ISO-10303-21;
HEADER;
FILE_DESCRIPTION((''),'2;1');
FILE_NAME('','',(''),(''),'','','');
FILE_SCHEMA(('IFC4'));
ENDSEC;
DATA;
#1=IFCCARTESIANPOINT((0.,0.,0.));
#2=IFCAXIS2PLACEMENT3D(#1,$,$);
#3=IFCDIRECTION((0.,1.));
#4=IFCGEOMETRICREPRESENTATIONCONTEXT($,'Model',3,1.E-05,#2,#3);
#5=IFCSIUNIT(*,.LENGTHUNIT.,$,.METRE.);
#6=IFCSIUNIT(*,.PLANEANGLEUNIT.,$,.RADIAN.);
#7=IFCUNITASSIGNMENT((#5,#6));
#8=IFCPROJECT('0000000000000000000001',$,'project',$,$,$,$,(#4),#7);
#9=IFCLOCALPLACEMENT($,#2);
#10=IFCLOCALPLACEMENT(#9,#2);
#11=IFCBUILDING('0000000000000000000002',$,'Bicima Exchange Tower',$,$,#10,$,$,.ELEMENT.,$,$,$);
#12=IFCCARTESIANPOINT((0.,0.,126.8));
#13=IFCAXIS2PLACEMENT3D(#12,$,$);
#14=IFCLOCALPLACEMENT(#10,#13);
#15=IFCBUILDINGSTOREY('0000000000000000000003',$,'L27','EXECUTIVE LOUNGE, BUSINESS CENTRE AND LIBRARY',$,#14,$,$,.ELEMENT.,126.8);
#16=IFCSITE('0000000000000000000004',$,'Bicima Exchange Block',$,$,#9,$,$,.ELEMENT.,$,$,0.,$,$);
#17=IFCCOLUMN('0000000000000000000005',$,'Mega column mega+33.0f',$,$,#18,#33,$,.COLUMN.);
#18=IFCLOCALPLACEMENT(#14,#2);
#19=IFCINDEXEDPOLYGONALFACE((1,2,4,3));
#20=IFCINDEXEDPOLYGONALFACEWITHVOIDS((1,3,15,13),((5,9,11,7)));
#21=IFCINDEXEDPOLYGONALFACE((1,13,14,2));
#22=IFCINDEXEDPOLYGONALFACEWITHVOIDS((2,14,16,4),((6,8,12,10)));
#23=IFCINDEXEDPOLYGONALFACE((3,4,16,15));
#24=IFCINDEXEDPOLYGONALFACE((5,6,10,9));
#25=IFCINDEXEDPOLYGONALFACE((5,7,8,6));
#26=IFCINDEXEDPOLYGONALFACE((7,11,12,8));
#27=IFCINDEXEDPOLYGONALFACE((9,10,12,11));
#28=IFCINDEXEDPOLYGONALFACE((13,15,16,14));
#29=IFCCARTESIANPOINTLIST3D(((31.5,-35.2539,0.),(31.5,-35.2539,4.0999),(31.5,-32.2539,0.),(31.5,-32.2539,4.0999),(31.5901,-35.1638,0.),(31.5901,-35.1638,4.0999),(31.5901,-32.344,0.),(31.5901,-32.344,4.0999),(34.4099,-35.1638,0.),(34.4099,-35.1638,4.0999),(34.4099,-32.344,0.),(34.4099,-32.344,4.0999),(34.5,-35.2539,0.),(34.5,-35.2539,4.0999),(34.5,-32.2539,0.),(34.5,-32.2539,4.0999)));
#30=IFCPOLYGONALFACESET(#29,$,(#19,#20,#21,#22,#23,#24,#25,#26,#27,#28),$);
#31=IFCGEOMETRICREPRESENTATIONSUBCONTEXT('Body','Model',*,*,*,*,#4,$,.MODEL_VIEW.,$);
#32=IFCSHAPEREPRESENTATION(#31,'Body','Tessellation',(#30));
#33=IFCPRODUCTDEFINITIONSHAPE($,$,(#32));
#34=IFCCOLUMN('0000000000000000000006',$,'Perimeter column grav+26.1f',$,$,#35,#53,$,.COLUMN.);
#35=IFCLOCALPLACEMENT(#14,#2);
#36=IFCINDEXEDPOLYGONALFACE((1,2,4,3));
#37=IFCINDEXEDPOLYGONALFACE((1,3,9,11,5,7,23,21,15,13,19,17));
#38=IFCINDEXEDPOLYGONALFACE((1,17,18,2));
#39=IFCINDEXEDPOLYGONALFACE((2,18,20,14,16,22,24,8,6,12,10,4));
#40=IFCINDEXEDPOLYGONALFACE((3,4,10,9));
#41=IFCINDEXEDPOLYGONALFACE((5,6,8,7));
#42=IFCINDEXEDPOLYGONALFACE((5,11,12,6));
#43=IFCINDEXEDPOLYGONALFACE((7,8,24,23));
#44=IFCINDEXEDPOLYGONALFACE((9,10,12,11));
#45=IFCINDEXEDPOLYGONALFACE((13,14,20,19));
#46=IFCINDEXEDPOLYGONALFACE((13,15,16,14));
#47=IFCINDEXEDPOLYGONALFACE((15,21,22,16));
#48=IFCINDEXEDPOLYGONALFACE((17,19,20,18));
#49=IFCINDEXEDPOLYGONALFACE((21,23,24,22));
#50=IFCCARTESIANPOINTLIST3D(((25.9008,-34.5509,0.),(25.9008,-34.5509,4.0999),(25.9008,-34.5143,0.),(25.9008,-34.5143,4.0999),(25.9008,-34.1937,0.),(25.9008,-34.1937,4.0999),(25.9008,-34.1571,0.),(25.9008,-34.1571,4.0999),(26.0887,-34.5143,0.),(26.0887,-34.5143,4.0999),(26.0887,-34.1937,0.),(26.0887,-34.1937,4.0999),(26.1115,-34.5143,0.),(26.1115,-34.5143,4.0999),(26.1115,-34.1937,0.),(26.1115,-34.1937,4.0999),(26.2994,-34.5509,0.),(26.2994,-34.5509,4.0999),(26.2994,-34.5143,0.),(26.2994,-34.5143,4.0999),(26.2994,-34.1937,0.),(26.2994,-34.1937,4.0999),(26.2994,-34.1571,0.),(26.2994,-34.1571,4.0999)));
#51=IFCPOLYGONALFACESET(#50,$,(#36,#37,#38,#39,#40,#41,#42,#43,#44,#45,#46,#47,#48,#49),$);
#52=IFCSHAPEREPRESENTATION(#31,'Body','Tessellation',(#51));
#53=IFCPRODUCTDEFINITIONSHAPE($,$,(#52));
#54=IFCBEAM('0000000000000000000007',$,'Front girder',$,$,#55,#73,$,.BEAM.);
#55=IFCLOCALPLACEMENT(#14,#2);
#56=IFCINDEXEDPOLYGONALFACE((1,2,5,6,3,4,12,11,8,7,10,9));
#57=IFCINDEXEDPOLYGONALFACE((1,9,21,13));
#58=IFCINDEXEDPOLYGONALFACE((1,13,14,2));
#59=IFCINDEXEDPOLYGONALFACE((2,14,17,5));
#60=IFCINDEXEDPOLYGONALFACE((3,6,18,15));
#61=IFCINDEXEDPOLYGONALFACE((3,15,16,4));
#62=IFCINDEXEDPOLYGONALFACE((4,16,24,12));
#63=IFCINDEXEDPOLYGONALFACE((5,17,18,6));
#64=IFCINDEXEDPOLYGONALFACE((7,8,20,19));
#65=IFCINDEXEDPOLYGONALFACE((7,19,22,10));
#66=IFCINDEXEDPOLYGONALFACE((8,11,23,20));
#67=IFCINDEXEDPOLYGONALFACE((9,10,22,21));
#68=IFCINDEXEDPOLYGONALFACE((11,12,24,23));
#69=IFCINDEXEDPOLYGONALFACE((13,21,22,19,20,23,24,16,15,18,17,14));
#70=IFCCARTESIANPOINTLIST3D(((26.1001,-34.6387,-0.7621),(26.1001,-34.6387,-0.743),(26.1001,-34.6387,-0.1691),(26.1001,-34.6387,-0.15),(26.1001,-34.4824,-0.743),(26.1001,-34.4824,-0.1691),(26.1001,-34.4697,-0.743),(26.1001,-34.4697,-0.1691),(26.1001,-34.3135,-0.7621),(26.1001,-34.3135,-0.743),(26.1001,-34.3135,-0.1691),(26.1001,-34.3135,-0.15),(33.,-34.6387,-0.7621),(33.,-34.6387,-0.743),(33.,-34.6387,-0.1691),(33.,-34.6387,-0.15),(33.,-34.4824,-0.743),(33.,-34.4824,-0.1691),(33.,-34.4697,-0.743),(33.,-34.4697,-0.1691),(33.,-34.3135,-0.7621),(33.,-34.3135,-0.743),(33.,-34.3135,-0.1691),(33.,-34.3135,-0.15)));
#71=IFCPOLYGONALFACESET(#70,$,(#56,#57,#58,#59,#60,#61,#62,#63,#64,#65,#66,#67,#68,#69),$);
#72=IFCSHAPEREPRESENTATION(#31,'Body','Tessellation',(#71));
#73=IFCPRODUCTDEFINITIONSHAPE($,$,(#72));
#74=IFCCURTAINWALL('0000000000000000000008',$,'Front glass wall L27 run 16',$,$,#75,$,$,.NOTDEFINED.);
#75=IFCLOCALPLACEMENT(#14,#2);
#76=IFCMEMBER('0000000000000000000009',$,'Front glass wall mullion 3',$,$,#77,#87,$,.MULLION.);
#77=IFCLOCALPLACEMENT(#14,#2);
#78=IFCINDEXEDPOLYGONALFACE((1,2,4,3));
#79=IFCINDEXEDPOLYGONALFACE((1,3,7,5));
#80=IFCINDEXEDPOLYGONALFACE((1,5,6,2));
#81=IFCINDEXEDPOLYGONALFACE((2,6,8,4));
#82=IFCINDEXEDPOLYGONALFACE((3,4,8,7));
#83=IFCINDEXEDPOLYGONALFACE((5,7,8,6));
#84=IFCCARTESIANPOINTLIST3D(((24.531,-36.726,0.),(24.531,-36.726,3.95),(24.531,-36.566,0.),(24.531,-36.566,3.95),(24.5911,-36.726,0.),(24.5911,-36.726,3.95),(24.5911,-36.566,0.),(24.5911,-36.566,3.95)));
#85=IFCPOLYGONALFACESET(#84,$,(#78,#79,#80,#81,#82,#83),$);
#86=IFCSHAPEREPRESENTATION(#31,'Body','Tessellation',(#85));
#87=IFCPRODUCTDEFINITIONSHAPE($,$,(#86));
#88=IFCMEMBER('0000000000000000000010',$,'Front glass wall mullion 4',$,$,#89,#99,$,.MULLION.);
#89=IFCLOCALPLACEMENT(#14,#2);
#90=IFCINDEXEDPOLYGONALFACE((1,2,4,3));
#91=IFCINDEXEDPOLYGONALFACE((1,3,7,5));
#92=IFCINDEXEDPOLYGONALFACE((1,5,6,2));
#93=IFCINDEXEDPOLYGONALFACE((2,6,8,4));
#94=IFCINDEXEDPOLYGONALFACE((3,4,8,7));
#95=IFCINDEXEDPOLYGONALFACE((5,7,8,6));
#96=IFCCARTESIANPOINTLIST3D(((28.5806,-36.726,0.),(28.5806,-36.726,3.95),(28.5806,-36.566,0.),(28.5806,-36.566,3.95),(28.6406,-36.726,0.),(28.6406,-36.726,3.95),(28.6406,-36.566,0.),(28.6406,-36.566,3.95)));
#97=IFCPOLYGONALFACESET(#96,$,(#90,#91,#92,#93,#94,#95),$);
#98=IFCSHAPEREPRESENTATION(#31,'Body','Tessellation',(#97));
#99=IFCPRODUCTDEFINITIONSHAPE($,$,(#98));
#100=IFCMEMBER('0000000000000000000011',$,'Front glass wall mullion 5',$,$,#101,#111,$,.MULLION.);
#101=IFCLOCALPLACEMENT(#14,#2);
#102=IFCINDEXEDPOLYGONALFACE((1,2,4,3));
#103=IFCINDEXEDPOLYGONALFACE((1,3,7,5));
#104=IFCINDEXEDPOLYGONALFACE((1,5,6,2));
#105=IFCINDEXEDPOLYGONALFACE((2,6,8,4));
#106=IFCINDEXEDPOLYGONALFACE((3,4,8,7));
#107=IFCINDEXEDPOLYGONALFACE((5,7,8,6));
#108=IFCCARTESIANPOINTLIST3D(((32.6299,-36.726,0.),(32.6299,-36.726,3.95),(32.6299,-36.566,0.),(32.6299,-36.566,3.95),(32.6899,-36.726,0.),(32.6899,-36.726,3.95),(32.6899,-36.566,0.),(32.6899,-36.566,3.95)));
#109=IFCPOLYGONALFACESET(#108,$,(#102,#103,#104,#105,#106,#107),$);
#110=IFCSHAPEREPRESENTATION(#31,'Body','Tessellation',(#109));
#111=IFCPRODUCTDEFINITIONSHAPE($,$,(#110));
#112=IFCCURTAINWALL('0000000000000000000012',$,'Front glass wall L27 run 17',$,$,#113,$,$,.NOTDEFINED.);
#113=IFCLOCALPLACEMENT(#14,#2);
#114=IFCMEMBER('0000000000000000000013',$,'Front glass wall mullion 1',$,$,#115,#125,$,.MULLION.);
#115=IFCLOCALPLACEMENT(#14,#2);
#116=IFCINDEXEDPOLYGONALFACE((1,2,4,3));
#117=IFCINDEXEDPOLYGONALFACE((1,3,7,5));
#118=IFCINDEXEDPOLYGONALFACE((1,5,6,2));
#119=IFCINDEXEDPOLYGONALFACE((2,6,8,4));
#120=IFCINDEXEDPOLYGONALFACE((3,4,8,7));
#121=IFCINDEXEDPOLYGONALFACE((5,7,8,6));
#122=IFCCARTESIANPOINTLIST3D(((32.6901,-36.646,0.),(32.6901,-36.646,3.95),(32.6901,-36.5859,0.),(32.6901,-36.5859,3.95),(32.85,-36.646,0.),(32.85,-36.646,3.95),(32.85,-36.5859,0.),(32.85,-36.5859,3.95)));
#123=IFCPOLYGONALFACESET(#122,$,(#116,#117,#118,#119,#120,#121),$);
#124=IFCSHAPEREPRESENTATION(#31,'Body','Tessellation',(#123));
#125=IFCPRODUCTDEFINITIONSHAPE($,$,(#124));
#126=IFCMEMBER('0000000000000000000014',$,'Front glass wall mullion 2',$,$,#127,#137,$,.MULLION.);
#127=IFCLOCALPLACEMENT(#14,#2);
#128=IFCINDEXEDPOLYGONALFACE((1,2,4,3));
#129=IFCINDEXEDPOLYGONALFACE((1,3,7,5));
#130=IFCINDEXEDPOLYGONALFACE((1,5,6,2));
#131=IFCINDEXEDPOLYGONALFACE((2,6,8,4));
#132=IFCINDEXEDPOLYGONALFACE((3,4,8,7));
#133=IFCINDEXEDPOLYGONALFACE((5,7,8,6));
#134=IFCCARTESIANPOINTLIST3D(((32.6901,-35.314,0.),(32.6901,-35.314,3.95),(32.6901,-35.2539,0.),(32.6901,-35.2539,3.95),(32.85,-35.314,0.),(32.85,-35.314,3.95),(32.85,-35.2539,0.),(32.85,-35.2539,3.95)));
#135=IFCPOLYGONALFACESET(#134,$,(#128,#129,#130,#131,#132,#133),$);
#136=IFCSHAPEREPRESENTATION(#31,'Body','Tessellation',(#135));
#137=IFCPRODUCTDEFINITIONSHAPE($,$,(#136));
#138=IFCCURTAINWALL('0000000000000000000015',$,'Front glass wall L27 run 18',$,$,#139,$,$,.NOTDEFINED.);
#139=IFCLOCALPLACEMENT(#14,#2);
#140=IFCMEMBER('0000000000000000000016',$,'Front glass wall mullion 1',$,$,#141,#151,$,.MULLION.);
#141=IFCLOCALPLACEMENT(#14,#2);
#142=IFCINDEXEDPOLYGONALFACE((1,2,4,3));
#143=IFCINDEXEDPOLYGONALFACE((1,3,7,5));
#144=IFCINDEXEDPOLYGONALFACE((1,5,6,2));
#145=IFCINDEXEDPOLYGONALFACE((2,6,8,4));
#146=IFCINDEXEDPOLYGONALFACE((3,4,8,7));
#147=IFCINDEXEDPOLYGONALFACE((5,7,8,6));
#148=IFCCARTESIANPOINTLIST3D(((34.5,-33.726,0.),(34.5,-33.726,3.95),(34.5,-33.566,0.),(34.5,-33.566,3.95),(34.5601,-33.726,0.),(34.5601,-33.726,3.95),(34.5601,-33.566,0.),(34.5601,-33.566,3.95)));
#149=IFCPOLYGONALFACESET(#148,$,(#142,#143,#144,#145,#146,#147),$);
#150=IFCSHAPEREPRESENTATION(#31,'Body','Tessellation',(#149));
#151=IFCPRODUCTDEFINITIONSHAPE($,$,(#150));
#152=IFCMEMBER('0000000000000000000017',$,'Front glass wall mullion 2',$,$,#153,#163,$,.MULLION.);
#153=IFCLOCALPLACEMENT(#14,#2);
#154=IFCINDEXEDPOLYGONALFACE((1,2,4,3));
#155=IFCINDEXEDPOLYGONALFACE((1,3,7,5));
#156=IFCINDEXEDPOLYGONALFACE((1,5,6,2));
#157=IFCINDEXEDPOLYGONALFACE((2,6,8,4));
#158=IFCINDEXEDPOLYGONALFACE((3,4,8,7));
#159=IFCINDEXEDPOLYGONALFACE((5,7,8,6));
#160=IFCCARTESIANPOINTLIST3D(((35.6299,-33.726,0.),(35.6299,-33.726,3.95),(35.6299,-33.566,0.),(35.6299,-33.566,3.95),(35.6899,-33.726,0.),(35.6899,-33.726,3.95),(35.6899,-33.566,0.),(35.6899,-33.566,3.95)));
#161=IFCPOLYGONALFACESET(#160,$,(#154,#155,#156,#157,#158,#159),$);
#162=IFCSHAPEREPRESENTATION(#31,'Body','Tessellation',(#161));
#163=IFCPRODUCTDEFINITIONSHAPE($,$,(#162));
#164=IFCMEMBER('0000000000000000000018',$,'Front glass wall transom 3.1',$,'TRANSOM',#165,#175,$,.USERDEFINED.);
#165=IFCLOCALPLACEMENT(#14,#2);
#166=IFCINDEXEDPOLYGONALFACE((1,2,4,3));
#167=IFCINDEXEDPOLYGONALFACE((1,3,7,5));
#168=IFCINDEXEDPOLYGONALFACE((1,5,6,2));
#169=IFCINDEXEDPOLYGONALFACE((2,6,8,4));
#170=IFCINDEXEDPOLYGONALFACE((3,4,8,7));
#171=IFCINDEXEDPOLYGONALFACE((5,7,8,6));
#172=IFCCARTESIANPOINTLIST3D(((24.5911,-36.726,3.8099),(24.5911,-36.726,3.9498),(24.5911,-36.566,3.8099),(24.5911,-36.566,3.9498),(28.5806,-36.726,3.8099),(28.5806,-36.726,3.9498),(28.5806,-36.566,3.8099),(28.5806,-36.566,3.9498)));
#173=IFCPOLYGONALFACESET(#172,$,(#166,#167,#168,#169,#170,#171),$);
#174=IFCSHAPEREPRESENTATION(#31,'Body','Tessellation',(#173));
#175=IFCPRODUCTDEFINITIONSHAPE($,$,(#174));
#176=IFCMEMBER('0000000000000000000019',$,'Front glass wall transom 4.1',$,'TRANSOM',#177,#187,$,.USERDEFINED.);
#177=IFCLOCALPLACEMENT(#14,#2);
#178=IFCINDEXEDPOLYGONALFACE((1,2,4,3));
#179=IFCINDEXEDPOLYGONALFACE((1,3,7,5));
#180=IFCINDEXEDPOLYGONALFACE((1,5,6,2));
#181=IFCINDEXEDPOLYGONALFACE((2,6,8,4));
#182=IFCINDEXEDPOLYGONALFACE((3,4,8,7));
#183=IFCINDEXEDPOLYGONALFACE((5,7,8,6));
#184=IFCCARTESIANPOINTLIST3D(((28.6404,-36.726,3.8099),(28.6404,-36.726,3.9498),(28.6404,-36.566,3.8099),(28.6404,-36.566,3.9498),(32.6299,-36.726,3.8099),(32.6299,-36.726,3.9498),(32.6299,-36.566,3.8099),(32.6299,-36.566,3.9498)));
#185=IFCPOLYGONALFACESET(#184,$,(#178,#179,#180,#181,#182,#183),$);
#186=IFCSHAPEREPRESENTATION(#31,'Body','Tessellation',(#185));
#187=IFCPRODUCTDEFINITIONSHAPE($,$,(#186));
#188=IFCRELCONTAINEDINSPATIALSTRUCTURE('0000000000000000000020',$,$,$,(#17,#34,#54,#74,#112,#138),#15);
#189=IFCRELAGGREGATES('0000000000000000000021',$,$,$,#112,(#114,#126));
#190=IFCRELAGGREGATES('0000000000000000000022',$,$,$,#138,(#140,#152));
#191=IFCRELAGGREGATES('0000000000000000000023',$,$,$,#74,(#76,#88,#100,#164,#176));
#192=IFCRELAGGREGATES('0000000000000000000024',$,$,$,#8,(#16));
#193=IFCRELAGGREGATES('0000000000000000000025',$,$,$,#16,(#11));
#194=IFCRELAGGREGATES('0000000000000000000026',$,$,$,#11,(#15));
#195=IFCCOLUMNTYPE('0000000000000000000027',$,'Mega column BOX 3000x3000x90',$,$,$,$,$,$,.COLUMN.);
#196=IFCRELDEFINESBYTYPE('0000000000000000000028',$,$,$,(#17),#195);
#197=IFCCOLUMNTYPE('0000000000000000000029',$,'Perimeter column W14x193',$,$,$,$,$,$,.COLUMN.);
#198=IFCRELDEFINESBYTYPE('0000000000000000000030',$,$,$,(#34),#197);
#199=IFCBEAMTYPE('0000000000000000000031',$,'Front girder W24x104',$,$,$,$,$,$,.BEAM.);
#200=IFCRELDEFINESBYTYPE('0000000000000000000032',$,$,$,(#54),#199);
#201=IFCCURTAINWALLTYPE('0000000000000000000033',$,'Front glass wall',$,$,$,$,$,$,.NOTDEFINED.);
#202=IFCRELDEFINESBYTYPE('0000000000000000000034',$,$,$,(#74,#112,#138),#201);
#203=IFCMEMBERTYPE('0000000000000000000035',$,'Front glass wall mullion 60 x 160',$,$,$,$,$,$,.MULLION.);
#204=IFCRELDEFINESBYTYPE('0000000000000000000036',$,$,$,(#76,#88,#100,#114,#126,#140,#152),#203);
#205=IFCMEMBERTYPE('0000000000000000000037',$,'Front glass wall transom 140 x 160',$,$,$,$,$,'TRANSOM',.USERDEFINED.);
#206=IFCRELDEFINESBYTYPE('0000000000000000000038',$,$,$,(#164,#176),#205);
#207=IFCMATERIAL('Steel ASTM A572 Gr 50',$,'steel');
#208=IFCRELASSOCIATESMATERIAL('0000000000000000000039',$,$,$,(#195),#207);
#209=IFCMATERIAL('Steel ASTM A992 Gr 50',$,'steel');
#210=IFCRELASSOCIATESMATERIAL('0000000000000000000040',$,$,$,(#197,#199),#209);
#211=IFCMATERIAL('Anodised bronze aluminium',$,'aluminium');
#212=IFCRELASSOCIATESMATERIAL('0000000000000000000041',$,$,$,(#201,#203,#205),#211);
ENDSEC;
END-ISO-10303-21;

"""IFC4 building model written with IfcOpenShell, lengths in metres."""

from ifc_helpers import new_model, si_unit, direction, frame, origin, origin_2d, place, context, subcontext, project, spatial, rectangle, hollow_rectangle, i_section, extrude, material, material_profile, profile_set, type_object, element, aggregate, save


model = new_model("IFC4")

# Units and contexts
model_context = context("Model", 3, precision=1e-05, world=origin(), true_north=direction((0.0, 1.0)))
body_context = subcontext(model_context, "Body", "Model", "MODEL_VIEW")
ifc_project = project(units=[si_unit("LENGTHUNIT", "METRE"), si_unit("PLANEANGLEUNIT", "RADIAN")], contexts=[model_context])

# Site, building, storey
site_placement = place(None, origin())
site = spatial("IfcSite", under=ifc_project, at=site_placement, Name="Bicima Exchange Block", CompositionType="ELEMENT", RefElevation=0.0)
building_placement = place(site_placement, origin())
building = spatial("IfcBuilding", under=site, at=building_placement, Name="Bicima Exchange Tower", CompositionType="ELEMENT")
storey_placement = place(building_placement, frame((0.0, 0.0, 126.8)))
storey = spatial("IfcBuildingStorey", under=building, at=storey_placement, Name="L27", Description="EXECUTIVE LOUNGE, BUSINESS CENTRE AND LIBRARY", CompositionType="ELEMENT", Elevation=126.8)

# Columns
ifc_material_1 = material(Name="Steel ASTM A572 Gr 50", Category="steel")
ifc_material_profile_1 = material_profile(ifc_material_1, hollow_rectangle(XDim=3.0, YDim=3.0, WallThickness=0.0901, at=origin_2d()))
ifc_profile_set_1 = profile_set([ifc_material_profile_1], Name="Steel ASTM A572 Gr 50")
column_type_1 = type_object("IfcColumnType", Name="Mega column BOX 3000x3000x90", PredefinedType="COLUMN", material=ifc_profile_set_1)
column_1_placement = place(storey_placement, frame((33.0, -33.7539, 0.0), z_axis=(0.0, 0.0, 1.0), x_axis=(1.0, 0.0, 0.0)))
element("IfcColumn", 1, at=column_1_placement, inside=storey, type_object=column_type_1, Name="Mega column mega+33.0f", PredefinedType="COLUMN", context=body_context, shape_type="SweptSolid", body=[
    extrude(hollow_rectangle(XDim=3.0, YDim=3.0, WallThickness=0.0901, at=origin_2d()), origin(), (0.0, 0.0, 1.0), 4.0999),
])
ifc_material_2 = material(Name="Steel ASTM A992 Gr 50", Category="steel")
ifc_material_profile_2 = material_profile(ifc_material_2, i_section(OverallWidth=0.3987, OverallDepth=0.3938, WebThickness=0.0227, FlangeThickness=0.0366, at=origin_2d()))
ifc_profile_set_2 = profile_set([ifc_material_profile_2], Name="Steel ASTM A992 Gr 50")
column_type_2 = type_object("IfcColumnType", Name="Perimeter column W14x193", PredefinedType="COLUMN", material=ifc_profile_set_2)
column_2_placement = place(storey_placement, frame((26.1001, -34.354, 0.0), z_axis=(0.0, 0.0, 1.0), x_axis=(1.0, 0.0, 0.0)))
element("IfcColumn", 2, at=column_2_placement, inside=storey, type_object=column_type_2, Name="Perimeter column grav+26.1f", PredefinedType="COLUMN", context=body_context, shape_type="SweptSolid", body=[
    extrude(i_section(OverallWidth=0.3987, OverallDepth=0.3938, WebThickness=0.0227, FlangeThickness=0.0366, at=origin_2d()), origin(), (0.0, 0.0, 1.0), 4.0999),
])

# Beam
ifc_material_profile_3 = material_profile(ifc_material_2, i_section(OverallWidth=0.3252, OverallDepth=0.6121, WebThickness=0.0127, FlangeThickness=0.019, at=origin_2d()))
ifc_profile_set_3 = profile_set([ifc_material_profile_3], Name="Steel ASTM A992 Gr 50")
beam_type = type_object("IfcBeamType", Name="Front girder W24x104", PredefinedType="BEAM", material=ifc_profile_set_3)
beam_placement = place(storey_placement, frame((26.1001, -34.4761, -0.4561), z_axis=(1.0, 0.0, 0.0), x_axis=(0.0, 1.0, 0.0)))
element("IfcBeam", 3, at=beam_placement, inside=storey, type_object=beam_type, Name="Front girder", PredefinedType="BEAM", context=body_context, shape_type="SweptSolid", body=[
    extrude(i_section(OverallWidth=0.3252, OverallDepth=0.6121, WebThickness=0.0127, FlangeThickness=0.019, at=origin_2d()), origin(), (0.0, 0.0, 1.0), 6.8999),
])

# Curtain walls, members
ifc_material_3 = material(Name="Anodised bronze aluminium", Category="aluminium")
curtain_wall_type = type_object("IfcCurtainWallType", Name="Front glass wall", PredefinedType="NOTDEFINED", material=ifc_material_3)
curtain_wall_1_placement = place(storey_placement, origin())
curtain_wall_1 = element("IfcCurtainWall", 4, at=curtain_wall_1_placement, inside=storey, type_object=curtain_wall_type, Name="Front glass wall L27 run 16", PredefinedType="NOTDEFINED")
ifc_material_profile_4 = material_profile(ifc_material_3, rectangle(XDim=0.1599, YDim=0.0601, at=origin_2d()))
ifc_profile_set_4 = profile_set([ifc_material_profile_4], Name="Anodised bronze aluminium")
member_type_1 = type_object("IfcMemberType", Name="Front glass wall mullion 60 x 160", PredefinedType="MULLION", material=ifc_profile_set_4)
member_1_placement = place(storey_placement, frame((24.561, -36.646, 0.0), z_axis=(0.0, 0.0, 1.0), x_axis=(0.0, 1.0, 0.0)))
member_1 = element("IfcMember", 5, at=member_1_placement, type_object=member_type_1, Name="Front glass wall mullion 3", PredefinedType="MULLION", context=body_context, shape_type="SweptSolid", body=[
    extrude(rectangle(XDim=0.1599, YDim=0.0601, at=origin_2d()), origin(), (0.0, 0.0, 1.0), 3.95),
])
member_2_placement = place(storey_placement, frame((28.6106, -36.646, 0.0), z_axis=(0.0, 0.0, 1.0), x_axis=(0.0, 1.0, 0.0)))
member_2 = element("IfcMember", 6, at=member_2_placement, type_object=member_type_1, Name="Front glass wall mullion 4", PredefinedType="MULLION", context=body_context, shape_type="SweptSolid", body=[
    extrude(rectangle(XDim=0.1599, YDim=0.0601, at=origin_2d()), origin(), (0.0, 0.0, 1.0), 3.95),
])
member_3_placement = place(storey_placement, frame((32.6599, -36.646, 0.0), z_axis=(0.0, 0.0, 1.0), x_axis=(0.0, 1.0, 0.0)))
member_3 = element("IfcMember", 7, at=member_3_placement, type_object=member_type_1, Name="Front glass wall mullion 5", PredefinedType="MULLION", context=body_context, shape_type="SweptSolid", body=[
    extrude(rectangle(XDim=0.1599, YDim=0.0601, at=origin_2d()), origin(), (0.0, 0.0, 1.0), 3.95),
])
curtain_wall_2_placement = place(storey_placement, origin())
curtain_wall_2 = element("IfcCurtainWall", 8, at=curtain_wall_2_placement, inside=storey, type_object=curtain_wall_type, Name="Front glass wall L27 run 17", PredefinedType="NOTDEFINED")
member_4_placement = place(storey_placement, frame((32.77, -36.616, 0.0), z_axis=(0.0, 0.0, 1.0), x_axis=(-1.0, 0.0, 0.0)))
member_4 = element("IfcMember", 9, at=member_4_placement, type_object=member_type_1, Name="Front glass wall mullion 1", PredefinedType="MULLION", context=body_context, shape_type="SweptSolid", body=[
    extrude(rectangle(XDim=0.1599, YDim=0.0601, at=origin_2d()), origin(), (0.0, 0.0, 1.0), 3.95),
])
member_5_placement = place(storey_placement, frame((32.77, -35.2839, 0.0), z_axis=(0.0, 0.0, 1.0), x_axis=(-1.0, 0.0, 0.0)))
member_5 = element("IfcMember", 10, at=member_5_placement, type_object=member_type_1, Name="Front glass wall mullion 2", PredefinedType="MULLION", context=body_context, shape_type="SweptSolid", body=[
    extrude(rectangle(XDim=0.1599, YDim=0.0601, at=origin_2d()), origin(), (0.0, 0.0, 1.0), 3.95),
])
curtain_wall_3_placement = place(storey_placement, origin())
curtain_wall_3 = element("IfcCurtainWall", 11, at=curtain_wall_3_placement, inside=storey, type_object=curtain_wall_type, Name="Front glass wall L27 run 18", PredefinedType="NOTDEFINED")
member_6_placement = place(storey_placement, frame((34.53, -33.646, 0.0), z_axis=(0.0, 0.0, 1.0), x_axis=(0.0, 1.0, 0.0)))
member_6 = element("IfcMember", 12, at=member_6_placement, type_object=member_type_1, Name="Front glass wall mullion 1", PredefinedType="MULLION", context=body_context, shape_type="SweptSolid", body=[
    extrude(rectangle(XDim=0.1599, YDim=0.0601, at=origin_2d()), origin(), (0.0, 0.0, 1.0), 3.95),
])
member_7_placement = place(storey_placement, frame((35.6599, -33.646, 0.0), z_axis=(0.0, 0.0, 1.0), x_axis=(0.0, 1.0, 0.0)))
member_7 = element("IfcMember", 13, at=member_7_placement, type_object=member_type_1, Name="Front glass wall mullion 2", PredefinedType="MULLION", context=body_context, shape_type="SweptSolid", body=[
    extrude(rectangle(XDim=0.1599, YDim=0.0601, at=origin_2d()), origin(), (0.0, 0.0, 1.0), 3.95),
])

# Members
ifc_material_profile_5 = material_profile(ifc_material_3, rectangle(XDim=0.1599, YDim=0.1399, at=origin_2d()))
ifc_profile_set_5 = profile_set([ifc_material_profile_5], Name="Anodised bronze aluminium")
member_type_2 = type_object("IfcMemberType", Name="Front glass wall transom 140 x 160", ElementType="TRANSOM", PredefinedType="USERDEFINED", material=ifc_profile_set_5)
member_8_placement = place(storey_placement, frame((24.5911, -36.646, 3.8799), z_axis=(1.0, 0.0, 0.0), x_axis=(0.0, 1.0, 0.0)))
member_8 = element("IfcMember", 14, at=member_8_placement, type_object=member_type_2, Name="Front glass wall transom 3.1", ObjectType="TRANSOM", PredefinedType="USERDEFINED", context=body_context, shape_type="SweptSolid", body=[
    extrude(rectangle(XDim=0.1599, YDim=0.1399, at=origin_2d()), origin(), (0.0, 0.0, 1.0), 3.9895),
])
member_9_placement = place(storey_placement, frame((28.6404, -36.646, 3.8799), z_axis=(1.0, 0.0, 0.0), x_axis=(0.0, 1.0, 0.0)))
member_9 = element("IfcMember", 15, at=member_9_placement, type_object=member_type_2, Name="Front glass wall transom 4.1", ObjectType="TRANSOM", PredefinedType="USERDEFINED", context=body_context, shape_type="SweptSolid", body=[
    extrude(rectangle(XDim=0.1599, YDim=0.1399, at=origin_2d()), origin(), (0.0, 0.0, 1.0), 3.9895),
])

aggregate(curtain_wall_2, [member_4, member_5])
aggregate(curtain_wall_3, [member_6, member_7])
aggregate(curtain_wall_1, [member_1, member_2, member_3, member_8, member_9])

save(model, "model.ifc")
